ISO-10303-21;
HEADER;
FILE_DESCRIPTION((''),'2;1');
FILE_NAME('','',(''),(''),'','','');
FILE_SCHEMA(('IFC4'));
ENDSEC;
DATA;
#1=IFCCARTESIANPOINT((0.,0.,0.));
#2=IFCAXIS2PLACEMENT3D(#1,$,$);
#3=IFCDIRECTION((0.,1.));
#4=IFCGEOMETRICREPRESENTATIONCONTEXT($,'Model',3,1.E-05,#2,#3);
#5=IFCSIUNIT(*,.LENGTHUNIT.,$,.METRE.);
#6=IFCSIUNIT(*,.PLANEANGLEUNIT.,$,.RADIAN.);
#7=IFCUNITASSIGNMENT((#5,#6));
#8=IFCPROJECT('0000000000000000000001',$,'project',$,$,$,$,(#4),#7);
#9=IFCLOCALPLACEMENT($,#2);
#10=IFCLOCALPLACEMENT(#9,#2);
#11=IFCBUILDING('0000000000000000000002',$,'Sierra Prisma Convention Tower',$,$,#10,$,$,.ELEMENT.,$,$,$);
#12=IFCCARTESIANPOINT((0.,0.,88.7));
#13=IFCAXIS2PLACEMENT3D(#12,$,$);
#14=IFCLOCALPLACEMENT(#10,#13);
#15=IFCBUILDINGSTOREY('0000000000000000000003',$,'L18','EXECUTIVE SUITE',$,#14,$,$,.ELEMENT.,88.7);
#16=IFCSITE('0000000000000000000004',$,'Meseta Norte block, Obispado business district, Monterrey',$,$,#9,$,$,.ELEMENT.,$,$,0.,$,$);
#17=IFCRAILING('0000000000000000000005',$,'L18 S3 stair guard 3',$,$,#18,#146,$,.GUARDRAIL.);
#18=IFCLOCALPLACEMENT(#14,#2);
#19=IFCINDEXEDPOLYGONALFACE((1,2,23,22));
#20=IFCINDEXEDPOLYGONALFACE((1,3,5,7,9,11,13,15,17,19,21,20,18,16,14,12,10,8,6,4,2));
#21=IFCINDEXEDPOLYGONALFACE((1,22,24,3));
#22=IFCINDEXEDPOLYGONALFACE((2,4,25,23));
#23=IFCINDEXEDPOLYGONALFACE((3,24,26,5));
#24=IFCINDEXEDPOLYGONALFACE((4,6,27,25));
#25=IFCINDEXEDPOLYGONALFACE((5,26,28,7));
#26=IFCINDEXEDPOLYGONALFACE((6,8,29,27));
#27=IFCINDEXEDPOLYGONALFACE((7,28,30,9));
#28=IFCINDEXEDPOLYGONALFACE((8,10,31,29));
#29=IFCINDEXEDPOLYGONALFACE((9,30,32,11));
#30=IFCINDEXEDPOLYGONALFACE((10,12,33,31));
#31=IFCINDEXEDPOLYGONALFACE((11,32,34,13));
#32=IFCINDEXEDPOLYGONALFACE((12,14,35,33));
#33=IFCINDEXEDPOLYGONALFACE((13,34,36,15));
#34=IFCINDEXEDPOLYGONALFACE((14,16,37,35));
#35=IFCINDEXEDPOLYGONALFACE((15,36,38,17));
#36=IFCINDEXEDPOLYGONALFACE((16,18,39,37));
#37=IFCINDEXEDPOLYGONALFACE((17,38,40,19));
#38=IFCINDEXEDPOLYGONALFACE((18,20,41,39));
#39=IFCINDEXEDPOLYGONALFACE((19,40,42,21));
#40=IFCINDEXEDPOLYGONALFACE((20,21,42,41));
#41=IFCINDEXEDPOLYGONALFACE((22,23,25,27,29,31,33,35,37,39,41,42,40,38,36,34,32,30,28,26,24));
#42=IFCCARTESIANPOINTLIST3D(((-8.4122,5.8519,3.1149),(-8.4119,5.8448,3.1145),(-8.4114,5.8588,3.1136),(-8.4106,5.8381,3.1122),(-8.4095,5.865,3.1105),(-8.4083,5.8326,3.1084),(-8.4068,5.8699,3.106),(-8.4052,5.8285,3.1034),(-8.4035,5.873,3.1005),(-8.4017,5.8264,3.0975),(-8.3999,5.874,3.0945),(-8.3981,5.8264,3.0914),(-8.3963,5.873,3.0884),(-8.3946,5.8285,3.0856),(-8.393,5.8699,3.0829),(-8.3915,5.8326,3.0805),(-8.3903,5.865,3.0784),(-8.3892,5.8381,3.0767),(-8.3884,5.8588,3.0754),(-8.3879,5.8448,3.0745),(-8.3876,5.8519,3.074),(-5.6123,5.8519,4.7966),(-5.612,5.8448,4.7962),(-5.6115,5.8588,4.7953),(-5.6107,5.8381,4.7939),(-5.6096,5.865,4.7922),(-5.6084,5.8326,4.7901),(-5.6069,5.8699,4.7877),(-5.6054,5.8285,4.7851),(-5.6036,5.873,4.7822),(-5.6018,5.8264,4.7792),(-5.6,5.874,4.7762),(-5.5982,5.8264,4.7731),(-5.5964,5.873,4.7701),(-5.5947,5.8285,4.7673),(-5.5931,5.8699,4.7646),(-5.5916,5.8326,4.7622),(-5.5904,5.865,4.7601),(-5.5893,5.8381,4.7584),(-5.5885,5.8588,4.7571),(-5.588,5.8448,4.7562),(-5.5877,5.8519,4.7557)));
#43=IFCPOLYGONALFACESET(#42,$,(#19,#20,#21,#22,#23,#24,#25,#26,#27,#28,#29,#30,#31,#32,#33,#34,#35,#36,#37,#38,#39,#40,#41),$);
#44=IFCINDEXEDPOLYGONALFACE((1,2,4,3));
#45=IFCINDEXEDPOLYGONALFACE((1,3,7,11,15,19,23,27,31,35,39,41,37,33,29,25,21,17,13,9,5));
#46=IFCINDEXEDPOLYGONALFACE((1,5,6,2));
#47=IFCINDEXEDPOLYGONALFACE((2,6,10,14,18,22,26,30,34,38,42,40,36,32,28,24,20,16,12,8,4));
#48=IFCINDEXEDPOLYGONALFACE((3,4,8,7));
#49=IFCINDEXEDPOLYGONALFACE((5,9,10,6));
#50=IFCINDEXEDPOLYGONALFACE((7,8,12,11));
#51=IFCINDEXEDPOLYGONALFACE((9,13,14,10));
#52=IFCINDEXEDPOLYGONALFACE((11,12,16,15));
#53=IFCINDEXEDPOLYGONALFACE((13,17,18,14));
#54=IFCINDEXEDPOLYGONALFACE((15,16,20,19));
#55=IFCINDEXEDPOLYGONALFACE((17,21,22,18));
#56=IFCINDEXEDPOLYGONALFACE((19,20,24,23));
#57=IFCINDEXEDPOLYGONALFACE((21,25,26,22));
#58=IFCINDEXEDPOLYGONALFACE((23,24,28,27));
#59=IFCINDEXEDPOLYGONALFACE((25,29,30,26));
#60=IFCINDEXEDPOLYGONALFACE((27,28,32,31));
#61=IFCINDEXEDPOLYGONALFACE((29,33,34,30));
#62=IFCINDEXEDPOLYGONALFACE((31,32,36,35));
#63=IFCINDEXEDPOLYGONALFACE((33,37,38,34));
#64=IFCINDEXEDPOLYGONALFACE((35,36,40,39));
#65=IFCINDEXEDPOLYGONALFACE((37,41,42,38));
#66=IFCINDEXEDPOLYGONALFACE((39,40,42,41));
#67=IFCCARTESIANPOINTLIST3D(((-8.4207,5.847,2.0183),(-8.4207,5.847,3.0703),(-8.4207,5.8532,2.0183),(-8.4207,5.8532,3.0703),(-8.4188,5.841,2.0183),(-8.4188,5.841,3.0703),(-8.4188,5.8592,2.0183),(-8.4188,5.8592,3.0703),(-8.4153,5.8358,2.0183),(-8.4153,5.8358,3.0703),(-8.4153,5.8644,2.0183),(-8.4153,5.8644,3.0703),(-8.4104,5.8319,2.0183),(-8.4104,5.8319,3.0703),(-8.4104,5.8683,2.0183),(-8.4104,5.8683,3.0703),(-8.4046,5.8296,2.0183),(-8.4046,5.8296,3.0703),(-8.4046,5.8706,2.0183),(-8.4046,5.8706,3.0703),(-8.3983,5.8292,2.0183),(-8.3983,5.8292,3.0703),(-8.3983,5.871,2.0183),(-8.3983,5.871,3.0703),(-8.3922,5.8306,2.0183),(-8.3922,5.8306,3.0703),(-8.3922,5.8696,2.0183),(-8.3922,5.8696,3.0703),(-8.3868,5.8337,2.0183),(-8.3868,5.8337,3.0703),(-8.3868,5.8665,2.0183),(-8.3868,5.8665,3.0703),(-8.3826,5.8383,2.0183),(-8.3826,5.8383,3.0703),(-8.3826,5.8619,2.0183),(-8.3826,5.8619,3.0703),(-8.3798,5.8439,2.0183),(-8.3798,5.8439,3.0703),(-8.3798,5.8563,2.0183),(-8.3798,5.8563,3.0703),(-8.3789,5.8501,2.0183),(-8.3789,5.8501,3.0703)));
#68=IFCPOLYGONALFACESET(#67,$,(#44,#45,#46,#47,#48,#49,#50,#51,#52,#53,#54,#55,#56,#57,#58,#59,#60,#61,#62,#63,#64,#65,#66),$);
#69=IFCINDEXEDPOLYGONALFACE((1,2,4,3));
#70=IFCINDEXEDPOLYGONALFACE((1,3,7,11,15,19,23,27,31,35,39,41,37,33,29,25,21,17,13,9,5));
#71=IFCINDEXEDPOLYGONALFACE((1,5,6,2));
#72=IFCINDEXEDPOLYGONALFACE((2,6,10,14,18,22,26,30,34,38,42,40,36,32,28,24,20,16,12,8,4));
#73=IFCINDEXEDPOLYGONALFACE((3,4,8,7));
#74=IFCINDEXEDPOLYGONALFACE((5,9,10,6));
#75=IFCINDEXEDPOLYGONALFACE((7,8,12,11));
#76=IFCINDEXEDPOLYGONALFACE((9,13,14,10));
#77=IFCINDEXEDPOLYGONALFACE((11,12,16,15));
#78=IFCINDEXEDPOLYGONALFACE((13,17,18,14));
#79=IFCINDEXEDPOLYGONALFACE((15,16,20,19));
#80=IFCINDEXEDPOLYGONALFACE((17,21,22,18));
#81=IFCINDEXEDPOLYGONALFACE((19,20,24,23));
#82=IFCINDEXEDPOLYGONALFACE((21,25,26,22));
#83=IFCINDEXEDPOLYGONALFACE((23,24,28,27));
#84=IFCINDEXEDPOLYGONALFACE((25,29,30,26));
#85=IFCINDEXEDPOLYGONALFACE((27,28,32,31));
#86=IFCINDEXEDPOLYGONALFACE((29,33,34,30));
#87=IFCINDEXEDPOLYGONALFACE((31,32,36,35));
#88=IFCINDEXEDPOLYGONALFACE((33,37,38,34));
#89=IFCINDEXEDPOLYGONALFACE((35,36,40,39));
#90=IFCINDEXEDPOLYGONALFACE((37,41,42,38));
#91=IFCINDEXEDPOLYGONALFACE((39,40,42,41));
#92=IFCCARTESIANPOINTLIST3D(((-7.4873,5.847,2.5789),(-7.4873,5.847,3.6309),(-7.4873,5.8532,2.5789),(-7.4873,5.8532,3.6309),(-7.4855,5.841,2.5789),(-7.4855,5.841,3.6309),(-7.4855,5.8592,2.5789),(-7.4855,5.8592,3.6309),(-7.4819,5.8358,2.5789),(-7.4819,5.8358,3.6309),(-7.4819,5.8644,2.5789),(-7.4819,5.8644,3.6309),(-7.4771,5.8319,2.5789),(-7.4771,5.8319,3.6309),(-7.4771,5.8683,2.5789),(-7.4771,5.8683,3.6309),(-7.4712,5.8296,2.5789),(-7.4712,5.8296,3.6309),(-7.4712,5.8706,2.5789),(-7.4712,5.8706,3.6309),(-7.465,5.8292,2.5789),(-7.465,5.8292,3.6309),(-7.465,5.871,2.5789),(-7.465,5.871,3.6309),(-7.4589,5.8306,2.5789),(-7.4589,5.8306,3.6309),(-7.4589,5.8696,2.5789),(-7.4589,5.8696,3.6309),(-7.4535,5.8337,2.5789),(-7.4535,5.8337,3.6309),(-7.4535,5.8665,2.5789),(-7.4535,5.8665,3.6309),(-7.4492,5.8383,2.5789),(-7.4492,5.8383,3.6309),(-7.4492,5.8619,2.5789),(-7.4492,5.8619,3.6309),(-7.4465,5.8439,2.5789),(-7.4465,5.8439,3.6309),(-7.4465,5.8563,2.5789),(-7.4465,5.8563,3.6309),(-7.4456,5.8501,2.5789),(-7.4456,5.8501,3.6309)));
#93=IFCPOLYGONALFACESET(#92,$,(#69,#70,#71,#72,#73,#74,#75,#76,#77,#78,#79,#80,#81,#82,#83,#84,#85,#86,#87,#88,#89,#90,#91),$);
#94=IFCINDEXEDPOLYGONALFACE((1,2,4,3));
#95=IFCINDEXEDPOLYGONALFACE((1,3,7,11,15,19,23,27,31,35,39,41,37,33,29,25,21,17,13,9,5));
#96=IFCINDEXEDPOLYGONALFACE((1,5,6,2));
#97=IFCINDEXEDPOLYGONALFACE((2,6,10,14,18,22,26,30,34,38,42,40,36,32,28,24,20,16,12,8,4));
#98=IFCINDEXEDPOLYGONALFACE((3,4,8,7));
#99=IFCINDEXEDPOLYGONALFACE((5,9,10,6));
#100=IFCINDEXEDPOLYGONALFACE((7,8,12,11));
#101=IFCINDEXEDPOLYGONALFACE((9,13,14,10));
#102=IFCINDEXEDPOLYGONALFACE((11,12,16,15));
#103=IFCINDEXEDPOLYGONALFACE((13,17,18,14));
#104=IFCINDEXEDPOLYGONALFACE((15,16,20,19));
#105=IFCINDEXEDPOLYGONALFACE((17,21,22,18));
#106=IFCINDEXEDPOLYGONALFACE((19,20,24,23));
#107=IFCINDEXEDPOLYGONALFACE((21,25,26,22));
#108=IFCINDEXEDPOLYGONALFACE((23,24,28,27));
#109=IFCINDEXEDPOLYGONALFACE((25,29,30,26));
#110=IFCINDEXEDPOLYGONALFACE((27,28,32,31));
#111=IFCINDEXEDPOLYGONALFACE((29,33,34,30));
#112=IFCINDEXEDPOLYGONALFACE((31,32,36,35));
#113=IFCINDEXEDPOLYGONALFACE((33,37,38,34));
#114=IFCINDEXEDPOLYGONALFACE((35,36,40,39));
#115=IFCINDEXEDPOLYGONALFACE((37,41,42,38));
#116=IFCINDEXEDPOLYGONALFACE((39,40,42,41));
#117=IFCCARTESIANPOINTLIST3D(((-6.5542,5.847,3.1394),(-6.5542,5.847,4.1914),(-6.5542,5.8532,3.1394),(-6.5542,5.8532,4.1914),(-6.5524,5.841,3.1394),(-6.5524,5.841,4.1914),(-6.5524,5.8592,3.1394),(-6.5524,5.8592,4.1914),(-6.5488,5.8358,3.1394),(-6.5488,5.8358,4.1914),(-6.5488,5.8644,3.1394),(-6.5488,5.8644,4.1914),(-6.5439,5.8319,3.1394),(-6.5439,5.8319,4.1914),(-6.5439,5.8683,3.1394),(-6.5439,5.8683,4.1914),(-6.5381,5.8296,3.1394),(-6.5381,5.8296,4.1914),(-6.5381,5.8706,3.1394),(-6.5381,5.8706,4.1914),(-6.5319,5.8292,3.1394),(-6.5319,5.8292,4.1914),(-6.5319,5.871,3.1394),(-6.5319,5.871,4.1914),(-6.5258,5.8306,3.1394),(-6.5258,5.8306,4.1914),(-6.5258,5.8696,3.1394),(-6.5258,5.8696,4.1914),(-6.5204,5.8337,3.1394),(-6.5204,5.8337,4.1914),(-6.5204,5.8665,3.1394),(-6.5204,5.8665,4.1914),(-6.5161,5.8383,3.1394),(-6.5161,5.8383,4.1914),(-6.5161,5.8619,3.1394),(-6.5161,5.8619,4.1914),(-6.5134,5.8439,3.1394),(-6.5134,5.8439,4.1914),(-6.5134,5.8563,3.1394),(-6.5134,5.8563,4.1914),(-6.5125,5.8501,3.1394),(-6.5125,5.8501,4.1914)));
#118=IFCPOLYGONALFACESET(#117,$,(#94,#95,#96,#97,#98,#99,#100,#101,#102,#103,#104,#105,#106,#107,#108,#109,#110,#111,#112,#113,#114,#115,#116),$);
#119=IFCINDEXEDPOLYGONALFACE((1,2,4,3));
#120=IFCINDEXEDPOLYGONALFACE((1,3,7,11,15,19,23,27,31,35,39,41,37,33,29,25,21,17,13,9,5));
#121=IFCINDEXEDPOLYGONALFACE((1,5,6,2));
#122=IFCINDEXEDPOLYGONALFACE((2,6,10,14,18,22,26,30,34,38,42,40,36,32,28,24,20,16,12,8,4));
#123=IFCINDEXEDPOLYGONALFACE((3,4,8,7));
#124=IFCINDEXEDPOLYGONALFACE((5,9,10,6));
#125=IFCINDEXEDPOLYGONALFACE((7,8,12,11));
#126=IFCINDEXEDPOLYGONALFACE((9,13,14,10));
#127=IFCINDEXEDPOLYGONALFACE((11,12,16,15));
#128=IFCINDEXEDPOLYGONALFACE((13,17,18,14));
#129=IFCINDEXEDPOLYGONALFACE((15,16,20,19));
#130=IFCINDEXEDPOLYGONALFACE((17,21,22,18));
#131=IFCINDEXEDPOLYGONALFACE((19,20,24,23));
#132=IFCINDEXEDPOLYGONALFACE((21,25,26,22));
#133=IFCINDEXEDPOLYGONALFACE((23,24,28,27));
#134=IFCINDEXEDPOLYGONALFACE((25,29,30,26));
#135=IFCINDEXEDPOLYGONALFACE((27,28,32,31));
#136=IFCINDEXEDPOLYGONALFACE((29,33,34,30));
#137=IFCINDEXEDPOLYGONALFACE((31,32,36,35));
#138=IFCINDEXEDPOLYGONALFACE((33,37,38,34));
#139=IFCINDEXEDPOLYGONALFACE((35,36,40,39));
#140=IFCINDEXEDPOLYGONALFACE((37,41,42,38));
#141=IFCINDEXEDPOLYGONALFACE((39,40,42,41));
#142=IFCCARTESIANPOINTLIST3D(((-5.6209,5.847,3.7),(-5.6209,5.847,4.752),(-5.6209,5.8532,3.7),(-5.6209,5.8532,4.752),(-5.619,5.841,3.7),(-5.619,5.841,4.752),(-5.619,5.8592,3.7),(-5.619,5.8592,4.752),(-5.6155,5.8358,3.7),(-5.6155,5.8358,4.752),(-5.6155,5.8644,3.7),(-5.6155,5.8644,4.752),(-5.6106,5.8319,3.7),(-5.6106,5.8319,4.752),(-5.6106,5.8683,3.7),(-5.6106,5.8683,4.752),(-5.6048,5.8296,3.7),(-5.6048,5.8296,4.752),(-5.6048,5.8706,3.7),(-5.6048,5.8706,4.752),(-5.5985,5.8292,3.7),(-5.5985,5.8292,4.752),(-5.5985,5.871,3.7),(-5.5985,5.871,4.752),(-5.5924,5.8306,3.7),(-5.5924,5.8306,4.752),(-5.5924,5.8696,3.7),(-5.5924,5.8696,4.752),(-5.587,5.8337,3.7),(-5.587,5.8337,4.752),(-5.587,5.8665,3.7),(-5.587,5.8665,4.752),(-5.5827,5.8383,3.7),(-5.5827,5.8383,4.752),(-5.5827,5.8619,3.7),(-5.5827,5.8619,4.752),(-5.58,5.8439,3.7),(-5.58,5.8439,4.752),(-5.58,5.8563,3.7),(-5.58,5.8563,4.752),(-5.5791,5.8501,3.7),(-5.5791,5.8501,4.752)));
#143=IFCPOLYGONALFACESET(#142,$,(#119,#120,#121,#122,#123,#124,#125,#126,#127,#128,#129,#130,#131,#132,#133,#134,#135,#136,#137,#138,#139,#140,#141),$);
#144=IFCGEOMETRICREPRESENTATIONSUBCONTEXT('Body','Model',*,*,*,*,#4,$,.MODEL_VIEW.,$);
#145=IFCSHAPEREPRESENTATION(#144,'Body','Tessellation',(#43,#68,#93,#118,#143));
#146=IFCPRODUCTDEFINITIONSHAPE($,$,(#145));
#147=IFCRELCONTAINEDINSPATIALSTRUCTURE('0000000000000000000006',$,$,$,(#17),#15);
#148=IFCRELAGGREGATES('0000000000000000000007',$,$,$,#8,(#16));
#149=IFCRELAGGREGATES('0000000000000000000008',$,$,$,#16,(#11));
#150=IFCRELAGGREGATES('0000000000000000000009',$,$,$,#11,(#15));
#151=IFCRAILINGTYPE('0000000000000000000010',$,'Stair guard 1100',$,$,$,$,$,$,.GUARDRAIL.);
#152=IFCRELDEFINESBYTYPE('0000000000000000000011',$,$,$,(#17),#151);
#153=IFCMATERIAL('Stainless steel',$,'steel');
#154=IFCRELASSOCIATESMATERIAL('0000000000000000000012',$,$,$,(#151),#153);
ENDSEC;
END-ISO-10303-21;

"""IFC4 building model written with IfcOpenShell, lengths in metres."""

from ifc_helpers import new_model, si_unit, direction, frame, origin, origin_2d, place, context, subcontext, project, spatial, circle, extrude, material, type_object, element, save


model = new_model("IFC4")

# Units and contexts
model_context = context("Model", 3, precision=1e-05, world=origin(), true_north=direction((0.0, 1.0)))
body_context = subcontext(model_context, "Body", "Model", "MODEL_VIEW")
ifc_project = project(units=[si_unit("LENGTHUNIT", "METRE"), si_unit("PLANEANGLEUNIT", "RADIAN")], contexts=[model_context])

# Site, building, storey
site_placement = place(None, origin())
site = spatial("IfcSite", under=ifc_project, at=site_placement, Name="Meseta Norte block, Obispado business district, Monterrey", CompositionType="ELEMENT", RefElevation=0.0)
building_placement = place(site_placement, origin())
building = spatial("IfcBuilding", under=site, at=building_placement, Name="Sierra Prisma Convention Tower", CompositionType="ELEMENT")
storey_placement = place(building_placement, frame((0.0, 0.0, 88.7)))
storey = spatial("IfcBuildingStorey", under=building, at=storey_placement, Name="L18", Description="EXECUTIVE SUITE", CompositionType="ELEMENT", Elevation=88.7)

# Railing
ifc_material_1 = material(Name="Stainless steel", Category="steel")
railing_type_1 = type_object("IfcRailingType", Name="Stair guard 1100", PredefinedType="GUARDRAIL", material=ifc_material_1)
railing_1_placement = place(storey_placement, frame((-8.3999, 5.8501, 2.0183)))
element("IfcRailing", 1, at=railing_1_placement, inside=storey, type_object=railing_type_1, Name="L18 S3 stair guard 3", PredefinedType="GUARDRAIL", context=body_context, shape_type="SweptSolid", body=[
    extrude(circle(Radius=0.0239, at=origin_2d()), frame((0.0, 0.0, 1.0762), z_axis=(0.857255, 0.0, 0.514891), x_axis=(0.0, 1.0, 0.0)), (0.0, 0.0, 1.0), 3.2661),
    extrude(circle(Radius=0.021, at=origin_2d()), origin(), (0.0, 0.0, 1.0), 1.052),
    extrude(circle(Radius=0.021, at=origin_2d()), frame((0.9333, 0.0, 0.5605)), (0.0, 0.0, 1.0), 1.052),
    extrude(circle(Radius=0.021, at=origin_2d()), frame((1.8665, 0.0, 1.1211)), (0.0, 0.0, 1.0), 1.052),
    extrude(circle(Radius=0.021, at=origin_2d()), frame((2.7998, 0.0, 1.6816)), (0.0, 0.0, 1.0), 1.052),
])

save(model, "model.ifc")
